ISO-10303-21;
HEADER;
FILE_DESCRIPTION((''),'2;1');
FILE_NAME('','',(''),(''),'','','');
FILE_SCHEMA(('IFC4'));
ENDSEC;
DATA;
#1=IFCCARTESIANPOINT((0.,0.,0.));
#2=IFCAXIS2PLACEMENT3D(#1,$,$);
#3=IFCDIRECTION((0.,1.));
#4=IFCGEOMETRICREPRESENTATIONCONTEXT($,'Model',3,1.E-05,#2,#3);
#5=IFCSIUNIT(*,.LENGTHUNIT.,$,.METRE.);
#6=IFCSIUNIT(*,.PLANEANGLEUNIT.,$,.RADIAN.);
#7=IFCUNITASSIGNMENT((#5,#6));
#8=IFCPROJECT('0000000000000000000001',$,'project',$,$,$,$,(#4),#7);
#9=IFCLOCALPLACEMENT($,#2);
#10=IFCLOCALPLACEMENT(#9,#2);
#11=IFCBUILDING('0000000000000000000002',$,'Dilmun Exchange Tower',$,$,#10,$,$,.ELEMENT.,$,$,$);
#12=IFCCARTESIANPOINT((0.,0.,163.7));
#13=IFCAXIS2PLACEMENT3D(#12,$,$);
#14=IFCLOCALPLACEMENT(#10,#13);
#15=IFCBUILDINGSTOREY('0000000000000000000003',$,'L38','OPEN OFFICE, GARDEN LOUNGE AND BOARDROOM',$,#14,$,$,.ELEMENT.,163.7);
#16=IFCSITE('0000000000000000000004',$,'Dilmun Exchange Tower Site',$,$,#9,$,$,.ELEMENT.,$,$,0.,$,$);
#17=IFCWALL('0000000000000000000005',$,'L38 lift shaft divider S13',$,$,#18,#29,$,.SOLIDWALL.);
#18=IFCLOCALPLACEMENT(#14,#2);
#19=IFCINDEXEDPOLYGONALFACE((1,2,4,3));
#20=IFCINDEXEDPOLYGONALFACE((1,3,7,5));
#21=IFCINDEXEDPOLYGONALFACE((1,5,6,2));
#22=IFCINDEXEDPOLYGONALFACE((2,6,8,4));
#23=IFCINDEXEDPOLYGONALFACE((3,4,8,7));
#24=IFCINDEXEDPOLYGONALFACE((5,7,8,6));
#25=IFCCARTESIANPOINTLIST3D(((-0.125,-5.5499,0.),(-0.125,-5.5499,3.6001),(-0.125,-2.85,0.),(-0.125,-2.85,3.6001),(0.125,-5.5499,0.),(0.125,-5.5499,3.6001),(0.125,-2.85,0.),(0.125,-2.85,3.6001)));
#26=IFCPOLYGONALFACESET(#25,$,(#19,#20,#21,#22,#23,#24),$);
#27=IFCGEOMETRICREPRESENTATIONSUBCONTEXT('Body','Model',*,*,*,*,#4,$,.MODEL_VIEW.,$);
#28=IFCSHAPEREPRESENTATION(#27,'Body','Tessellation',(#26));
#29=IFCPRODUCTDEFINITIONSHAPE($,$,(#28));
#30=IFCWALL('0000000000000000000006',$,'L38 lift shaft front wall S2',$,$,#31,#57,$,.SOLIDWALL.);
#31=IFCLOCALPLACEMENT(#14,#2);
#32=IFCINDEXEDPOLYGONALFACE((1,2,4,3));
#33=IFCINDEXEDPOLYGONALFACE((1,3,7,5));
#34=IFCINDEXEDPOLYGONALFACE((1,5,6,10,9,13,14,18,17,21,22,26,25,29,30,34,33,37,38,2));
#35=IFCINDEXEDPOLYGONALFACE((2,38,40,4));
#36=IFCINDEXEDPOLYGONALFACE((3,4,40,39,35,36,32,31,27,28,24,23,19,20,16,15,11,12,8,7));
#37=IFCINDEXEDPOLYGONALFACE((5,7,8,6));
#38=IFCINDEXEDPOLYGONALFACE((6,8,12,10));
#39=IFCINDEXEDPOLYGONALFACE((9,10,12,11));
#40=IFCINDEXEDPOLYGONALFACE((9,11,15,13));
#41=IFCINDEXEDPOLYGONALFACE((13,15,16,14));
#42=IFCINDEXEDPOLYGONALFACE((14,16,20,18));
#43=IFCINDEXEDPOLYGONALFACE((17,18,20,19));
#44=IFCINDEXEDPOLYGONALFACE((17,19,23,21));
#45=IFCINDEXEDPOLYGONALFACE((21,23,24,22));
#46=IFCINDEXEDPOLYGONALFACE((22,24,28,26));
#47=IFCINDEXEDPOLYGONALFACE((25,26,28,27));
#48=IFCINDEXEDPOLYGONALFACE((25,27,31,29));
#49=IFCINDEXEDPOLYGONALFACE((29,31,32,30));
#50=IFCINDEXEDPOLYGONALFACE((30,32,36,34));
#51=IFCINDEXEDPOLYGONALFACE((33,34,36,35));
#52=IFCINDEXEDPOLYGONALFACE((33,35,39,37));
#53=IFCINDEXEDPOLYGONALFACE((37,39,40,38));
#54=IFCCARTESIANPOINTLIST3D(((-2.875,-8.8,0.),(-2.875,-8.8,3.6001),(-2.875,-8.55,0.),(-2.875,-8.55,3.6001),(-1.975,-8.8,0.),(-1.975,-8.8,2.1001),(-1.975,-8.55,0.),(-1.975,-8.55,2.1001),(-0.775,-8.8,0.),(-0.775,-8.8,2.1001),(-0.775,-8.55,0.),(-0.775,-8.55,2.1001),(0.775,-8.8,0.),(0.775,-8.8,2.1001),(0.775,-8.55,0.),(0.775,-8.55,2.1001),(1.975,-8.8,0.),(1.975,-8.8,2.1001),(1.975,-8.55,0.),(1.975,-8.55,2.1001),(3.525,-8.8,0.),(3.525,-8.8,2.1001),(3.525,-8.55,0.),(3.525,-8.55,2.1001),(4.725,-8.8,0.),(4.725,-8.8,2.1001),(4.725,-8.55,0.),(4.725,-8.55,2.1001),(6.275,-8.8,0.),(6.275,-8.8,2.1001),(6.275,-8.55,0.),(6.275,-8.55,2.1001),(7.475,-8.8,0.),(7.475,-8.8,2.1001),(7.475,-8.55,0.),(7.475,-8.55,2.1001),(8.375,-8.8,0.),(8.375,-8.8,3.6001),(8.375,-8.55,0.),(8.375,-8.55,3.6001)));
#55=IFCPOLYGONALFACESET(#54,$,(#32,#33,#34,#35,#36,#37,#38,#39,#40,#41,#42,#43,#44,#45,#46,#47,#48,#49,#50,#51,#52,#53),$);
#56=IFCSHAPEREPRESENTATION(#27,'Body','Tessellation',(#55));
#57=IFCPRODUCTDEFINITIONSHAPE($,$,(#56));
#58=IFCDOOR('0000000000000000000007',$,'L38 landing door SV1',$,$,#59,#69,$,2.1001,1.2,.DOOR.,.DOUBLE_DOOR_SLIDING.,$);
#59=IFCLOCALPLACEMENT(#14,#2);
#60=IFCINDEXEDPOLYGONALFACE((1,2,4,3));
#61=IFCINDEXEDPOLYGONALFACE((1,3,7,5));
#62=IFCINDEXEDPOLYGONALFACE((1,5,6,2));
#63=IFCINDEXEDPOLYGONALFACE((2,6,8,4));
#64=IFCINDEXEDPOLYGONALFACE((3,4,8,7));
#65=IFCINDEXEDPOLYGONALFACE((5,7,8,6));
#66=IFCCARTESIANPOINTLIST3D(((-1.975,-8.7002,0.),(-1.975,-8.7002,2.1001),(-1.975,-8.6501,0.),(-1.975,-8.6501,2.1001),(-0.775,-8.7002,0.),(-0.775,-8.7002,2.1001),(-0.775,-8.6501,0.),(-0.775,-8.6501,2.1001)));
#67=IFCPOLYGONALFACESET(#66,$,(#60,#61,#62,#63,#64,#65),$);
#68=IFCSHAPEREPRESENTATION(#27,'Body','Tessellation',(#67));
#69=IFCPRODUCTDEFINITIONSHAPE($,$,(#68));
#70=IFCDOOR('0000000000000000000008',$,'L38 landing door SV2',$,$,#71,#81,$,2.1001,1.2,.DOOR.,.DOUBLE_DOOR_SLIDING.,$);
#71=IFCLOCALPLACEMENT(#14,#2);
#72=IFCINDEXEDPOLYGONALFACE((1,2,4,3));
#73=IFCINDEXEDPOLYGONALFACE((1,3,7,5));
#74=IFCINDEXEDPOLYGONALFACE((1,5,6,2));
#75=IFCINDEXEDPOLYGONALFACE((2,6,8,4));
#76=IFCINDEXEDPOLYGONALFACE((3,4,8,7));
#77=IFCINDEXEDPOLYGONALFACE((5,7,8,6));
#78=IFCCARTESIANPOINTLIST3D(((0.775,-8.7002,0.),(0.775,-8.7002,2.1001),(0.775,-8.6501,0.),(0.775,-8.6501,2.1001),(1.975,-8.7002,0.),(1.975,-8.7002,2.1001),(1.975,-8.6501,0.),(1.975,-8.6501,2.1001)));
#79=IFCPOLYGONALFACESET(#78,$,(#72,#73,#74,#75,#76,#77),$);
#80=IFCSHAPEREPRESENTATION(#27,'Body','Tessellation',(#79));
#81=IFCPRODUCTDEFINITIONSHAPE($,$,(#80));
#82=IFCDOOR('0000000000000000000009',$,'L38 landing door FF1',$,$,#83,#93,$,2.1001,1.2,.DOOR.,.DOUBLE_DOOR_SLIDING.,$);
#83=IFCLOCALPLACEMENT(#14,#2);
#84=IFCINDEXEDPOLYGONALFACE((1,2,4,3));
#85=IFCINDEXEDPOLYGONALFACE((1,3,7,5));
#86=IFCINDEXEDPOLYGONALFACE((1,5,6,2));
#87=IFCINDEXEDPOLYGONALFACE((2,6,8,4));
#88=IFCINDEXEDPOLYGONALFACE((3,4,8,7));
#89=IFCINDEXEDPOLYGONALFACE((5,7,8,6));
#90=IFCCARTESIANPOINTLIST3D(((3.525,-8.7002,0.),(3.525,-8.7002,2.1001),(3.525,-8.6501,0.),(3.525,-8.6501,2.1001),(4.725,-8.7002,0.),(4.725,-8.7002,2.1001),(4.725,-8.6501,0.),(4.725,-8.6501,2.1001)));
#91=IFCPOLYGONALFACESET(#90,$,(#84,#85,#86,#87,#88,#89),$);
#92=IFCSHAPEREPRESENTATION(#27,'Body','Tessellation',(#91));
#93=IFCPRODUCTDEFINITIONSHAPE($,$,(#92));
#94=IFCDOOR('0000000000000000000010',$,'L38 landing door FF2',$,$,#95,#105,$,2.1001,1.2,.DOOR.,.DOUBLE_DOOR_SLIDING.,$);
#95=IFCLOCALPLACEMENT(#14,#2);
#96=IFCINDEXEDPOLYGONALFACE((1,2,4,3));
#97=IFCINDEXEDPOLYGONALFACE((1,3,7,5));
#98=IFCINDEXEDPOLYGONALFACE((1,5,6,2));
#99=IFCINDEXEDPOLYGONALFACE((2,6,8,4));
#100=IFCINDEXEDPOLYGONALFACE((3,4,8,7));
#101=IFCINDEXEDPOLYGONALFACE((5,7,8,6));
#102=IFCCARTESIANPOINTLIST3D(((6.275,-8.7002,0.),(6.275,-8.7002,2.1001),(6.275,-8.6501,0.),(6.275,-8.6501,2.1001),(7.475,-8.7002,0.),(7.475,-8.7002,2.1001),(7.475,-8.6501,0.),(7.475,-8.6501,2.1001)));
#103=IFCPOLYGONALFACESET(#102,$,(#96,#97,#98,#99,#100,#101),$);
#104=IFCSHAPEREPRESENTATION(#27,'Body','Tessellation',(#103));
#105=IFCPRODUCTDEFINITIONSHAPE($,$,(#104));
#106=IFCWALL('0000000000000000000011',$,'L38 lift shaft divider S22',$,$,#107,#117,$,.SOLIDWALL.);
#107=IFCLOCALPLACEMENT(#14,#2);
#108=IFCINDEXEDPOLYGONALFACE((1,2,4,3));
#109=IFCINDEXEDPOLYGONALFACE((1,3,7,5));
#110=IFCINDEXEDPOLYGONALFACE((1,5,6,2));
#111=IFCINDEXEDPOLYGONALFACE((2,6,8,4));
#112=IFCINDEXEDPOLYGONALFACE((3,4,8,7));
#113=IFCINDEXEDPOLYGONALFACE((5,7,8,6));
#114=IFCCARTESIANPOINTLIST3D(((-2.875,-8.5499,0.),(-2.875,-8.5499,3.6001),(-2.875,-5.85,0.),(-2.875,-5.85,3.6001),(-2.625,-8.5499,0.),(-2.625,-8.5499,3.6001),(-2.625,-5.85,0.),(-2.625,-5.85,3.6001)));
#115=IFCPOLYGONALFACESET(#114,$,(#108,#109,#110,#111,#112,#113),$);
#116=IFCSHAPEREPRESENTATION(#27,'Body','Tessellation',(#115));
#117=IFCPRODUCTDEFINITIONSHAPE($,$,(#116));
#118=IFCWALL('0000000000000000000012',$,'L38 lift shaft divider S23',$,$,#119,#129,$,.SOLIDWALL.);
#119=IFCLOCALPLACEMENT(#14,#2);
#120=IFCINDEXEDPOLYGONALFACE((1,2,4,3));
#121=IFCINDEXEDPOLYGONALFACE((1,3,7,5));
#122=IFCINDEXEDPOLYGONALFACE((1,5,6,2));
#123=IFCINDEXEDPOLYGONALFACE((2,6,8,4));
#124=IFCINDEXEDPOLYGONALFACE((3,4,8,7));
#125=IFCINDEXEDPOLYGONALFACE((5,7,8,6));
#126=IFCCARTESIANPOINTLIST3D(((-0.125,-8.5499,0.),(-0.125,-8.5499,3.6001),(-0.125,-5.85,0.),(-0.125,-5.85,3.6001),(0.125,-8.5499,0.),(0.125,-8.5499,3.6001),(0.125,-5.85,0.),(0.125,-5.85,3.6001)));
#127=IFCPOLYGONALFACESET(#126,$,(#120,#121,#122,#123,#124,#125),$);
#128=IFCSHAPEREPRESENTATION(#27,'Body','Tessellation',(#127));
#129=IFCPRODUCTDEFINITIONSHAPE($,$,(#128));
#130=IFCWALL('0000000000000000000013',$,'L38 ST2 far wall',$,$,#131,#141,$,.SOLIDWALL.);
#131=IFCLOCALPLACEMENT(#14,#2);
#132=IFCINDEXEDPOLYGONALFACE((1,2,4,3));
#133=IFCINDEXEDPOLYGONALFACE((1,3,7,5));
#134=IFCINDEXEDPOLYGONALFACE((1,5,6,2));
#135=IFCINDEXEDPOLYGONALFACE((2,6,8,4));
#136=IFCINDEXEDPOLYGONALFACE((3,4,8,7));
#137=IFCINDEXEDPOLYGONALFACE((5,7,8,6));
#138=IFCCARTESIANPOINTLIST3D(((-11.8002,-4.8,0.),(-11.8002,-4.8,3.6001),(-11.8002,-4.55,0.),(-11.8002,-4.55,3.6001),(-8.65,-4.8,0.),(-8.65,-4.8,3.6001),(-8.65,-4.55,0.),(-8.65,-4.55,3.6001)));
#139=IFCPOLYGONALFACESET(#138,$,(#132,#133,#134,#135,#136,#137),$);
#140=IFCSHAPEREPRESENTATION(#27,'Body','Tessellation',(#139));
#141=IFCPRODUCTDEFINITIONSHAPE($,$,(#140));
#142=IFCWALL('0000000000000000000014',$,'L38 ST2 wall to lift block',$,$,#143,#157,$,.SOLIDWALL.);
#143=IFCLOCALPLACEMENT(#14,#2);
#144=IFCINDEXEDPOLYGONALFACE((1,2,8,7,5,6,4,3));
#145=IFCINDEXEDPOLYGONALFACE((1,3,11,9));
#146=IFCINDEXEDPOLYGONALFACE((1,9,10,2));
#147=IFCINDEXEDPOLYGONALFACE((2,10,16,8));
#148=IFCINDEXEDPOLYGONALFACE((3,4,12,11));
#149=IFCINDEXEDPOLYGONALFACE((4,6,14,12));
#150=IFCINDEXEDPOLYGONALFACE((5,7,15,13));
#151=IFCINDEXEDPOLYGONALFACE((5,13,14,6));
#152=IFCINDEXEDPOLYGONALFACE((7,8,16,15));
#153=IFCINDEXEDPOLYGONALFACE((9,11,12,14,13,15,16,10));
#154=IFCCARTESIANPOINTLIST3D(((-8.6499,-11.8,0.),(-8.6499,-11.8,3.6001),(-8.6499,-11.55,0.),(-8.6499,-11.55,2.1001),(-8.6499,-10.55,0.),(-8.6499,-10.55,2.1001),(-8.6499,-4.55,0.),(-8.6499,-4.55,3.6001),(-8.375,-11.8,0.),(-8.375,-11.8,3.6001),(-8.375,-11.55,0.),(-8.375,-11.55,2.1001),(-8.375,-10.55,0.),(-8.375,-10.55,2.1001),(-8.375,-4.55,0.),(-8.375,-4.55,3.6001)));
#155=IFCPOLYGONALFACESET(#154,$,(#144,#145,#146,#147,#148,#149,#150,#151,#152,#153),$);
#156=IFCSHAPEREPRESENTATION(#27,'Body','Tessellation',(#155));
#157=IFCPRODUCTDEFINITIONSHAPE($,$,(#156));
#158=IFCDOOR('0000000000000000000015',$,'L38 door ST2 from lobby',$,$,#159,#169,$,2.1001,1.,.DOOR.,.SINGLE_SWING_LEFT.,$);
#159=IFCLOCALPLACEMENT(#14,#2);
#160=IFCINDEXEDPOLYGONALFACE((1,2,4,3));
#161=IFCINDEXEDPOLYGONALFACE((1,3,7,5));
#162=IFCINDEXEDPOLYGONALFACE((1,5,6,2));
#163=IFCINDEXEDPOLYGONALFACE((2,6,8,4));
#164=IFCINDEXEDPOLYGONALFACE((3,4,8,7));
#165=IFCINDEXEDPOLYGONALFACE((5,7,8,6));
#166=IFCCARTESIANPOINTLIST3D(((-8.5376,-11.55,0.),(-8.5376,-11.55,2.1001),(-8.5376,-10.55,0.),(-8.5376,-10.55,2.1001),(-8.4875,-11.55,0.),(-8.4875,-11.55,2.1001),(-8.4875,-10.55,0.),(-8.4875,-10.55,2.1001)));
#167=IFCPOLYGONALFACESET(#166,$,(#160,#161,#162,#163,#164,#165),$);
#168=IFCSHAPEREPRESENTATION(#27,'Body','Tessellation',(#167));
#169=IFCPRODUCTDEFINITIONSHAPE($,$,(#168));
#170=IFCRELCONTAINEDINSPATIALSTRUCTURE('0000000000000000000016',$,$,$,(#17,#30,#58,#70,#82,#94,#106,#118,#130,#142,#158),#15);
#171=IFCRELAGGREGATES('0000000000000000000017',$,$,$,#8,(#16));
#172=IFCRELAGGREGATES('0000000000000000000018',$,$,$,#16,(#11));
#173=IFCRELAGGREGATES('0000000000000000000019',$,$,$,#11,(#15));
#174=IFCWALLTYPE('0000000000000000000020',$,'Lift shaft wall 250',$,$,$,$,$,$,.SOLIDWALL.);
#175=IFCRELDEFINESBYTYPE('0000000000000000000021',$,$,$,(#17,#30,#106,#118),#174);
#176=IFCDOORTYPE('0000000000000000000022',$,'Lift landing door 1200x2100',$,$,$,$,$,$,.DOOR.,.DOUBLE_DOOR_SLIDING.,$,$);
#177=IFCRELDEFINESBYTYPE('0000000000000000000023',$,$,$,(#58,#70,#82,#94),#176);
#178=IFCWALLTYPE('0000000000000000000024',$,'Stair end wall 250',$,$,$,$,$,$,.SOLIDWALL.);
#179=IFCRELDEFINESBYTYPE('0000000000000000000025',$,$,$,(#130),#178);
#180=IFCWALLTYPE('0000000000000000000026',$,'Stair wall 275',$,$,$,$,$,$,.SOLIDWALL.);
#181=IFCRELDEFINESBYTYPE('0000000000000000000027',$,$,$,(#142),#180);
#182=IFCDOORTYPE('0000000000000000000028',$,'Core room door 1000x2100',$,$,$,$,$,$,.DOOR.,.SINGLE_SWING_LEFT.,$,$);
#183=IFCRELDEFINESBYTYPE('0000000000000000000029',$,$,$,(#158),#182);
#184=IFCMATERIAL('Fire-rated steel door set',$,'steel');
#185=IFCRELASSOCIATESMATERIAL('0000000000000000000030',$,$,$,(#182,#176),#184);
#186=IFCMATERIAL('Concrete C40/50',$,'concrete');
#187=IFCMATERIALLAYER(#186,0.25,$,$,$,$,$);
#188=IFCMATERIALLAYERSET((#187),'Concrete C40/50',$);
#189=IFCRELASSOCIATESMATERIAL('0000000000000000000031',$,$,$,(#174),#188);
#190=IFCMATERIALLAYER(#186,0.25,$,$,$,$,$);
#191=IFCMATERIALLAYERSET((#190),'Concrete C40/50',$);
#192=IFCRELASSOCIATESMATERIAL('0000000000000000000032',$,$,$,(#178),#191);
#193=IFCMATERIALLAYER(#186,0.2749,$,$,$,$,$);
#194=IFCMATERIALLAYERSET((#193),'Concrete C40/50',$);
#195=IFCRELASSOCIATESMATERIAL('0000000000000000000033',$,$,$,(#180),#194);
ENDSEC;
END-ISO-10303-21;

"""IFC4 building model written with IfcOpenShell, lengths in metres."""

from ifc_helpers import new_model, si_unit, direction, frame, frame_2d, origin, place, context, subcontext, project, spatial, rectangle, extrude, material, layer, layer_set, type_object, element, fill, save


model = new_model("IFC4")

# Units and contexts
model_context = context("Model", 3, precision=1e-05, world=origin(), true_north=direction((0.0, 1.0)))
body_context = subcontext(model_context, "Body", "Model", "MODEL_VIEW")
ifc_project = project(units=[si_unit("LENGTHUNIT", "METRE"), si_unit("PLANEANGLEUNIT", "RADIAN")], contexts=[model_context])

# Site, building, storey
site_placement = place(None, origin())
site = spatial("IfcSite", under=ifc_project, at=site_placement, Name="Dilmun Exchange Tower Site", CompositionType="ELEMENT", RefElevation=0.0)
building_placement = place(site_placement, origin())
building = spatial("IfcBuilding", under=site, at=building_placement, Name="Dilmun Exchange Tower", CompositionType="ELEMENT")
storey_placement = place(building_placement, frame((0.0, 0.0, 163.7)))
storey = spatial("IfcBuildingStorey", under=building, at=storey_placement, Name="L38", Description="OPEN OFFICE, GARDEN LOUNGE AND BOARDROOM", CompositionType="ELEMENT", Elevation=163.7)

# Shared definitions
ifc_material_1 = material(Name="Concrete C40/50", Category="concrete")
ifc_material_2 = material(Name="Fire-rated steel door set", Category="steel")

# Shared definitions
door_type_1 = type_object("IfcDoorType", Name="Core room door 1000x2100", OperationType="SINGLE_SWING_LEFT", PredefinedType="DOOR", material=ifc_material_2)

# Wall
ifc_layer_1 = layer(ifc_material_1, 0.25)
ifc_layer_set_1 = layer_set([ifc_layer_1], Name="Concrete C40/50")
wall_type_1 = type_object("IfcWallType", Name="Lift shaft wall 250", PredefinedType="SOLIDWALL", material=ifc_layer_set_1)
for number, where, z_axis, x_axis, name in (
    (1, (0.0, -5.55, 0.0), (0.0, 0.0, 1.0), (0.0, 1.0, 0.0), "L38 lift shaft divider S13"),
):
    element("IfcWall", number, at=place(storey_placement, frame(where, z_axis=z_axis, x_axis=x_axis)), inside=storey, type_object=wall_type_1, Name=name, PredefinedType="SOLIDWALL", context=body_context, shape_type="SweptSolid", body=[
        extrude(rectangle(XDim=2.7, YDim=0.25, at=frame_2d((1.3501, 0.0))), origin(), (0.0, 0.0, 1.0), 3.6001),
    ])

# Wall, openings, doors
wall_1_placement = place(storey_placement, frame((-2.875, -8.675, 0.0), z_axis=(0.0, 0.0, 1.0), x_axis=(1.0, 0.0, 0.0)))
wall_1 = element("IfcWall", 2, at=wall_1_placement, inside=storey, type_object=wall_type_1, Name="L38 lift shaft front wall S2", PredefinedType="SOLIDWALL", context=body_context, shape_type="SweptSolid", body=[
    extrude(rectangle(XDim=11.25, YDim=0.25, at=frame_2d((5.625, 0.0))), origin(), (0.0, 0.0, 1.0), 3.6001),
])
opening_1_placement = place(wall_1_placement, frame((0.8999, 0.0, 0.0)))
opening_1 = element("IfcOpeningElement", 3, at=opening_1_placement, cuts=wall_1, PredefinedType="OPENING", context=body_context, shape_type="SweptSolid", body=[
    extrude(rectangle(XDim=1.2, YDim=2.1001, at=frame_2d((0.6001, 1.05))), frame((0.0, 0.135, 0.0), z_axis=(0.0, -1.0, 0.0), x_axis=(1.0, 0.0, 0.0)), (0.0, 0.0, 1.0), 0.27),
])
opening_2_placement = place(wall_1_placement, frame((3.6499, 0.0, 0.0)))
opening_2 = element("IfcOpeningElement", 4, at=opening_2_placement, cuts=wall_1, PredefinedType="OPENING", context=body_context, shape_type="SweptSolid", body=[
    extrude(rectangle(XDim=1.2, YDim=2.1001, at=frame_2d((0.6001, 1.05))), frame((0.0, 0.135, 0.0), z_axis=(0.0, -1.0, 0.0), x_axis=(1.0, 0.0, 0.0)), (0.0, 0.0, 1.0), 0.27),
])
opening_3_placement = place(wall_1_placement, frame((6.3999, 0.0, 0.0)))
opening_3 = element("IfcOpeningElement", 5, at=opening_3_placement, cuts=wall_1, PredefinedType="OPENING", context=body_context, shape_type="SweptSolid", body=[
    extrude(rectangle(XDim=1.2, YDim=2.1001, at=frame_2d((0.6001, 1.05))), frame((0.0, 0.135, 0.0), z_axis=(0.0, -1.0, 0.0), x_axis=(1.0, 0.0, 0.0)), (0.0, 0.0, 1.0), 0.27),
])
opening_4_placement = place(wall_1_placement, frame((9.1499, 0.0, 0.0)))
opening_4 = element("IfcOpeningElement", 6, at=opening_4_placement, cuts=wall_1, PredefinedType="OPENING", context=body_context, shape_type="SweptSolid", body=[
    extrude(rectangle(XDim=1.2, YDim=2.1001, at=frame_2d((0.6001, 1.05))), frame((0.0, 0.135, 0.0), z_axis=(0.0, -1.0, 0.0), x_axis=(1.0, 0.0, 0.0)), (0.0, 0.0, 1.0), 0.27),
])
door_type_2 = type_object("IfcDoorType", Name="Lift landing door 1200x2100", OperationType="DOUBLE_DOOR_SLIDING", PredefinedType="DOOR", material=ifc_material_2)
door_1_placement = place(opening_1_placement, origin())
door_1 = element("IfcDoor", 7, at=door_1_placement, inside=storey, type_object=door_type_2, Name="L38 landing door SV1", OperationType="DOUBLE_DOOR_SLIDING", OverallHeight=2.1001, OverallWidth=1.2, PredefinedType="DOOR", context=body_context, shape_type="SweptSolid", body=[
    extrude(rectangle(XDim=1.2, YDim=2.1001, at=frame_2d((0.6001, 1.05))), frame((0.0, 0.0249, 0.0), z_axis=(0.0, -1.0, 0.0), x_axis=(1.0, 0.0, 0.0)), (0.0, 0.0, 1.0), 0.05),
])
fill(opening_1, door_1)
door_2_placement = place(opening_2_placement, origin())
door_2 = element("IfcDoor", 8, at=door_2_placement, inside=storey, type_object=door_type_2, Name="L38 landing door SV2", OperationType="DOUBLE_DOOR_SLIDING", OverallHeight=2.1001, OverallWidth=1.2, PredefinedType="DOOR", context=body_context, shape_type="SweptSolid", body=[
    extrude(rectangle(XDim=1.2, YDim=2.1001, at=frame_2d((0.6001, 1.05))), frame((0.0, 0.0249, 0.0), z_axis=(0.0, -1.0, 0.0), x_axis=(1.0, 0.0, 0.0)), (0.0, 0.0, 1.0), 0.05),
])
fill(opening_2, door_2)
door_3_placement = place(opening_3_placement, origin())
door_3 = element("IfcDoor", 9, at=door_3_placement, inside=storey, type_object=door_type_2, Name="L38 landing door FF1", OperationType="DOUBLE_DOOR_SLIDING", OverallHeight=2.1001, OverallWidth=1.2, PredefinedType="DOOR", context=body_context, shape_type="SweptSolid", body=[
    extrude(rectangle(XDim=1.2, YDim=2.1001, at=frame_2d((0.6001, 1.05))), frame((0.0, 0.0249, 0.0), z_axis=(0.0, -1.0, 0.0), x_axis=(1.0, 0.0, 0.0)), (0.0, 0.0, 1.0), 0.05),
])
fill(opening_3, door_3)
door_4_placement = place(opening_4_placement, origin())
door_4 = element("IfcDoor", 10, at=door_4_placement, inside=storey, type_object=door_type_2, Name="L38 landing door FF2", OperationType="DOUBLE_DOOR_SLIDING", OverallHeight=2.1001, OverallWidth=1.2, PredefinedType="DOOR", context=body_context, shape_type="SweptSolid", body=[
    extrude(rectangle(XDim=1.2, YDim=2.1001, at=frame_2d((0.6001, 1.05))), frame((0.0, 0.0249, 0.0), z_axis=(0.0, -1.0, 0.0), x_axis=(1.0, 0.0, 0.0)), (0.0, 0.0, 1.0), 0.05),
])
fill(opening_4, door_4)

# Walls
for number, where, z_axis, x_axis, name in (
    (11, (-2.75, -8.55, 0.0), (0.0, 0.0, 1.0), (0.0, 1.0, 0.0), "L38 lift shaft divider S22"),
    (12, (0.0, -8.55, 0.0), (0.0, 0.0, 1.0), (0.0, 1.0, 0.0), "L38 lift shaft divider S23"),
):
    element("IfcWall", number, at=place(storey_placement, frame(where, z_axis=z_axis, x_axis=x_axis)), inside=storey, type_object=wall_type_1, Name=name, PredefinedType="SOLIDWALL", context=body_context, shape_type="SweptSolid", body=[
        extrude(rectangle(XDim=2.7, YDim=0.25, at=frame_2d((1.3501, 0.0))), origin(), (0.0, 0.0, 1.0), 3.6001),
    ])
ifc_layer_2 = layer(ifc_material_1, 0.25)
ifc_layer_set_2 = layer_set([ifc_layer_2], Name="Concrete C40/50")
wall_type_2 = type_object("IfcWallType", Name="Stair end wall 250", PredefinedType="SOLIDWALL", material=ifc_layer_set_2)
wall_2_placement = place(storey_placement, frame((-8.6499, -4.675, 0.0), z_axis=(0.0, 0.0, 1.0), x_axis=(-1.0, 0.0, 0.0)))
element("IfcWall", 13, at=wall_2_placement, inside=storey, type_object=wall_type_2, Name="L38 ST2 far wall", PredefinedType="SOLIDWALL", context=body_context, shape_type="SweptSolid", body=[
    extrude(rectangle(XDim=3.1501, YDim=0.25, at=frame_2d((1.5752, 0.0))), origin(), (0.0, 0.0, 1.0), 3.6001),
])

# Wall, opening, door
ifc_layer_3 = layer(ifc_material_1, 0.2749)
ifc_layer_set_3 = layer_set([ifc_layer_3], Name="Concrete C40/50")
wall_type_3 = type_object("IfcWallType", Name="Stair wall 275", PredefinedType="SOLIDWALL", material=ifc_layer_set_3)
wall_3_placement = place(storey_placement, frame((-8.5125, -4.55, 0.0), z_axis=(0.0, 0.0, 1.0), x_axis=(0.0, -1.0, 0.0)))
wall_3 = element("IfcWall", 14, at=wall_3_placement, inside=storey, type_object=wall_type_3, Name="L38 ST2 wall to lift block", PredefinedType="SOLIDWALL", context=body_context, shape_type="SweptSolid", body=[
    extrude(rectangle(XDim=7.25, YDim=0.2749, at=frame_2d((3.625, 0.0))), origin(), (0.0, 0.0, 1.0), 3.6001),
])
opening_5_placement = place(wall_3_placement, frame((6.0, 0.0, 0.0)))
opening_5 = element("IfcOpeningElement", 15, at=opening_5_placement, cuts=wall_3, PredefinedType="OPENING", context=body_context, shape_type="SweptSolid", body=[
    extrude(rectangle(XDim=1.0, YDim=2.1001, at=frame_2d((0.5, 1.05))), frame((0.0, 0.1475, 0.0), z_axis=(0.0, -1.0, 0.0), x_axis=(1.0, 0.0, 0.0)), (0.0, 0.0, 1.0), 0.2949),
])
door_5_placement = place(opening_5_placement, origin())
door_5 = element("IfcDoor", 16, at=door_5_placement, inside=storey, type_object=door_type_1, Name="L38 door ST2 from lobby", OperationType="SINGLE_SWING_LEFT", OverallHeight=2.1001, OverallWidth=1.0, PredefinedType="DOOR", context=body_context, shape_type="SweptSolid", body=[
    extrude(rectangle(XDim=1.0, YDim=2.1001, at=frame_2d((0.5, 1.05))), frame((0.0, 0.0249, 0.0), z_axis=(0.0, -1.0, 0.0), x_axis=(1.0, 0.0, 0.0)), (0.0, 0.0, 1.0), 0.05),
])
fill(opening_5, door_5)

save(model, "model.ifc")
